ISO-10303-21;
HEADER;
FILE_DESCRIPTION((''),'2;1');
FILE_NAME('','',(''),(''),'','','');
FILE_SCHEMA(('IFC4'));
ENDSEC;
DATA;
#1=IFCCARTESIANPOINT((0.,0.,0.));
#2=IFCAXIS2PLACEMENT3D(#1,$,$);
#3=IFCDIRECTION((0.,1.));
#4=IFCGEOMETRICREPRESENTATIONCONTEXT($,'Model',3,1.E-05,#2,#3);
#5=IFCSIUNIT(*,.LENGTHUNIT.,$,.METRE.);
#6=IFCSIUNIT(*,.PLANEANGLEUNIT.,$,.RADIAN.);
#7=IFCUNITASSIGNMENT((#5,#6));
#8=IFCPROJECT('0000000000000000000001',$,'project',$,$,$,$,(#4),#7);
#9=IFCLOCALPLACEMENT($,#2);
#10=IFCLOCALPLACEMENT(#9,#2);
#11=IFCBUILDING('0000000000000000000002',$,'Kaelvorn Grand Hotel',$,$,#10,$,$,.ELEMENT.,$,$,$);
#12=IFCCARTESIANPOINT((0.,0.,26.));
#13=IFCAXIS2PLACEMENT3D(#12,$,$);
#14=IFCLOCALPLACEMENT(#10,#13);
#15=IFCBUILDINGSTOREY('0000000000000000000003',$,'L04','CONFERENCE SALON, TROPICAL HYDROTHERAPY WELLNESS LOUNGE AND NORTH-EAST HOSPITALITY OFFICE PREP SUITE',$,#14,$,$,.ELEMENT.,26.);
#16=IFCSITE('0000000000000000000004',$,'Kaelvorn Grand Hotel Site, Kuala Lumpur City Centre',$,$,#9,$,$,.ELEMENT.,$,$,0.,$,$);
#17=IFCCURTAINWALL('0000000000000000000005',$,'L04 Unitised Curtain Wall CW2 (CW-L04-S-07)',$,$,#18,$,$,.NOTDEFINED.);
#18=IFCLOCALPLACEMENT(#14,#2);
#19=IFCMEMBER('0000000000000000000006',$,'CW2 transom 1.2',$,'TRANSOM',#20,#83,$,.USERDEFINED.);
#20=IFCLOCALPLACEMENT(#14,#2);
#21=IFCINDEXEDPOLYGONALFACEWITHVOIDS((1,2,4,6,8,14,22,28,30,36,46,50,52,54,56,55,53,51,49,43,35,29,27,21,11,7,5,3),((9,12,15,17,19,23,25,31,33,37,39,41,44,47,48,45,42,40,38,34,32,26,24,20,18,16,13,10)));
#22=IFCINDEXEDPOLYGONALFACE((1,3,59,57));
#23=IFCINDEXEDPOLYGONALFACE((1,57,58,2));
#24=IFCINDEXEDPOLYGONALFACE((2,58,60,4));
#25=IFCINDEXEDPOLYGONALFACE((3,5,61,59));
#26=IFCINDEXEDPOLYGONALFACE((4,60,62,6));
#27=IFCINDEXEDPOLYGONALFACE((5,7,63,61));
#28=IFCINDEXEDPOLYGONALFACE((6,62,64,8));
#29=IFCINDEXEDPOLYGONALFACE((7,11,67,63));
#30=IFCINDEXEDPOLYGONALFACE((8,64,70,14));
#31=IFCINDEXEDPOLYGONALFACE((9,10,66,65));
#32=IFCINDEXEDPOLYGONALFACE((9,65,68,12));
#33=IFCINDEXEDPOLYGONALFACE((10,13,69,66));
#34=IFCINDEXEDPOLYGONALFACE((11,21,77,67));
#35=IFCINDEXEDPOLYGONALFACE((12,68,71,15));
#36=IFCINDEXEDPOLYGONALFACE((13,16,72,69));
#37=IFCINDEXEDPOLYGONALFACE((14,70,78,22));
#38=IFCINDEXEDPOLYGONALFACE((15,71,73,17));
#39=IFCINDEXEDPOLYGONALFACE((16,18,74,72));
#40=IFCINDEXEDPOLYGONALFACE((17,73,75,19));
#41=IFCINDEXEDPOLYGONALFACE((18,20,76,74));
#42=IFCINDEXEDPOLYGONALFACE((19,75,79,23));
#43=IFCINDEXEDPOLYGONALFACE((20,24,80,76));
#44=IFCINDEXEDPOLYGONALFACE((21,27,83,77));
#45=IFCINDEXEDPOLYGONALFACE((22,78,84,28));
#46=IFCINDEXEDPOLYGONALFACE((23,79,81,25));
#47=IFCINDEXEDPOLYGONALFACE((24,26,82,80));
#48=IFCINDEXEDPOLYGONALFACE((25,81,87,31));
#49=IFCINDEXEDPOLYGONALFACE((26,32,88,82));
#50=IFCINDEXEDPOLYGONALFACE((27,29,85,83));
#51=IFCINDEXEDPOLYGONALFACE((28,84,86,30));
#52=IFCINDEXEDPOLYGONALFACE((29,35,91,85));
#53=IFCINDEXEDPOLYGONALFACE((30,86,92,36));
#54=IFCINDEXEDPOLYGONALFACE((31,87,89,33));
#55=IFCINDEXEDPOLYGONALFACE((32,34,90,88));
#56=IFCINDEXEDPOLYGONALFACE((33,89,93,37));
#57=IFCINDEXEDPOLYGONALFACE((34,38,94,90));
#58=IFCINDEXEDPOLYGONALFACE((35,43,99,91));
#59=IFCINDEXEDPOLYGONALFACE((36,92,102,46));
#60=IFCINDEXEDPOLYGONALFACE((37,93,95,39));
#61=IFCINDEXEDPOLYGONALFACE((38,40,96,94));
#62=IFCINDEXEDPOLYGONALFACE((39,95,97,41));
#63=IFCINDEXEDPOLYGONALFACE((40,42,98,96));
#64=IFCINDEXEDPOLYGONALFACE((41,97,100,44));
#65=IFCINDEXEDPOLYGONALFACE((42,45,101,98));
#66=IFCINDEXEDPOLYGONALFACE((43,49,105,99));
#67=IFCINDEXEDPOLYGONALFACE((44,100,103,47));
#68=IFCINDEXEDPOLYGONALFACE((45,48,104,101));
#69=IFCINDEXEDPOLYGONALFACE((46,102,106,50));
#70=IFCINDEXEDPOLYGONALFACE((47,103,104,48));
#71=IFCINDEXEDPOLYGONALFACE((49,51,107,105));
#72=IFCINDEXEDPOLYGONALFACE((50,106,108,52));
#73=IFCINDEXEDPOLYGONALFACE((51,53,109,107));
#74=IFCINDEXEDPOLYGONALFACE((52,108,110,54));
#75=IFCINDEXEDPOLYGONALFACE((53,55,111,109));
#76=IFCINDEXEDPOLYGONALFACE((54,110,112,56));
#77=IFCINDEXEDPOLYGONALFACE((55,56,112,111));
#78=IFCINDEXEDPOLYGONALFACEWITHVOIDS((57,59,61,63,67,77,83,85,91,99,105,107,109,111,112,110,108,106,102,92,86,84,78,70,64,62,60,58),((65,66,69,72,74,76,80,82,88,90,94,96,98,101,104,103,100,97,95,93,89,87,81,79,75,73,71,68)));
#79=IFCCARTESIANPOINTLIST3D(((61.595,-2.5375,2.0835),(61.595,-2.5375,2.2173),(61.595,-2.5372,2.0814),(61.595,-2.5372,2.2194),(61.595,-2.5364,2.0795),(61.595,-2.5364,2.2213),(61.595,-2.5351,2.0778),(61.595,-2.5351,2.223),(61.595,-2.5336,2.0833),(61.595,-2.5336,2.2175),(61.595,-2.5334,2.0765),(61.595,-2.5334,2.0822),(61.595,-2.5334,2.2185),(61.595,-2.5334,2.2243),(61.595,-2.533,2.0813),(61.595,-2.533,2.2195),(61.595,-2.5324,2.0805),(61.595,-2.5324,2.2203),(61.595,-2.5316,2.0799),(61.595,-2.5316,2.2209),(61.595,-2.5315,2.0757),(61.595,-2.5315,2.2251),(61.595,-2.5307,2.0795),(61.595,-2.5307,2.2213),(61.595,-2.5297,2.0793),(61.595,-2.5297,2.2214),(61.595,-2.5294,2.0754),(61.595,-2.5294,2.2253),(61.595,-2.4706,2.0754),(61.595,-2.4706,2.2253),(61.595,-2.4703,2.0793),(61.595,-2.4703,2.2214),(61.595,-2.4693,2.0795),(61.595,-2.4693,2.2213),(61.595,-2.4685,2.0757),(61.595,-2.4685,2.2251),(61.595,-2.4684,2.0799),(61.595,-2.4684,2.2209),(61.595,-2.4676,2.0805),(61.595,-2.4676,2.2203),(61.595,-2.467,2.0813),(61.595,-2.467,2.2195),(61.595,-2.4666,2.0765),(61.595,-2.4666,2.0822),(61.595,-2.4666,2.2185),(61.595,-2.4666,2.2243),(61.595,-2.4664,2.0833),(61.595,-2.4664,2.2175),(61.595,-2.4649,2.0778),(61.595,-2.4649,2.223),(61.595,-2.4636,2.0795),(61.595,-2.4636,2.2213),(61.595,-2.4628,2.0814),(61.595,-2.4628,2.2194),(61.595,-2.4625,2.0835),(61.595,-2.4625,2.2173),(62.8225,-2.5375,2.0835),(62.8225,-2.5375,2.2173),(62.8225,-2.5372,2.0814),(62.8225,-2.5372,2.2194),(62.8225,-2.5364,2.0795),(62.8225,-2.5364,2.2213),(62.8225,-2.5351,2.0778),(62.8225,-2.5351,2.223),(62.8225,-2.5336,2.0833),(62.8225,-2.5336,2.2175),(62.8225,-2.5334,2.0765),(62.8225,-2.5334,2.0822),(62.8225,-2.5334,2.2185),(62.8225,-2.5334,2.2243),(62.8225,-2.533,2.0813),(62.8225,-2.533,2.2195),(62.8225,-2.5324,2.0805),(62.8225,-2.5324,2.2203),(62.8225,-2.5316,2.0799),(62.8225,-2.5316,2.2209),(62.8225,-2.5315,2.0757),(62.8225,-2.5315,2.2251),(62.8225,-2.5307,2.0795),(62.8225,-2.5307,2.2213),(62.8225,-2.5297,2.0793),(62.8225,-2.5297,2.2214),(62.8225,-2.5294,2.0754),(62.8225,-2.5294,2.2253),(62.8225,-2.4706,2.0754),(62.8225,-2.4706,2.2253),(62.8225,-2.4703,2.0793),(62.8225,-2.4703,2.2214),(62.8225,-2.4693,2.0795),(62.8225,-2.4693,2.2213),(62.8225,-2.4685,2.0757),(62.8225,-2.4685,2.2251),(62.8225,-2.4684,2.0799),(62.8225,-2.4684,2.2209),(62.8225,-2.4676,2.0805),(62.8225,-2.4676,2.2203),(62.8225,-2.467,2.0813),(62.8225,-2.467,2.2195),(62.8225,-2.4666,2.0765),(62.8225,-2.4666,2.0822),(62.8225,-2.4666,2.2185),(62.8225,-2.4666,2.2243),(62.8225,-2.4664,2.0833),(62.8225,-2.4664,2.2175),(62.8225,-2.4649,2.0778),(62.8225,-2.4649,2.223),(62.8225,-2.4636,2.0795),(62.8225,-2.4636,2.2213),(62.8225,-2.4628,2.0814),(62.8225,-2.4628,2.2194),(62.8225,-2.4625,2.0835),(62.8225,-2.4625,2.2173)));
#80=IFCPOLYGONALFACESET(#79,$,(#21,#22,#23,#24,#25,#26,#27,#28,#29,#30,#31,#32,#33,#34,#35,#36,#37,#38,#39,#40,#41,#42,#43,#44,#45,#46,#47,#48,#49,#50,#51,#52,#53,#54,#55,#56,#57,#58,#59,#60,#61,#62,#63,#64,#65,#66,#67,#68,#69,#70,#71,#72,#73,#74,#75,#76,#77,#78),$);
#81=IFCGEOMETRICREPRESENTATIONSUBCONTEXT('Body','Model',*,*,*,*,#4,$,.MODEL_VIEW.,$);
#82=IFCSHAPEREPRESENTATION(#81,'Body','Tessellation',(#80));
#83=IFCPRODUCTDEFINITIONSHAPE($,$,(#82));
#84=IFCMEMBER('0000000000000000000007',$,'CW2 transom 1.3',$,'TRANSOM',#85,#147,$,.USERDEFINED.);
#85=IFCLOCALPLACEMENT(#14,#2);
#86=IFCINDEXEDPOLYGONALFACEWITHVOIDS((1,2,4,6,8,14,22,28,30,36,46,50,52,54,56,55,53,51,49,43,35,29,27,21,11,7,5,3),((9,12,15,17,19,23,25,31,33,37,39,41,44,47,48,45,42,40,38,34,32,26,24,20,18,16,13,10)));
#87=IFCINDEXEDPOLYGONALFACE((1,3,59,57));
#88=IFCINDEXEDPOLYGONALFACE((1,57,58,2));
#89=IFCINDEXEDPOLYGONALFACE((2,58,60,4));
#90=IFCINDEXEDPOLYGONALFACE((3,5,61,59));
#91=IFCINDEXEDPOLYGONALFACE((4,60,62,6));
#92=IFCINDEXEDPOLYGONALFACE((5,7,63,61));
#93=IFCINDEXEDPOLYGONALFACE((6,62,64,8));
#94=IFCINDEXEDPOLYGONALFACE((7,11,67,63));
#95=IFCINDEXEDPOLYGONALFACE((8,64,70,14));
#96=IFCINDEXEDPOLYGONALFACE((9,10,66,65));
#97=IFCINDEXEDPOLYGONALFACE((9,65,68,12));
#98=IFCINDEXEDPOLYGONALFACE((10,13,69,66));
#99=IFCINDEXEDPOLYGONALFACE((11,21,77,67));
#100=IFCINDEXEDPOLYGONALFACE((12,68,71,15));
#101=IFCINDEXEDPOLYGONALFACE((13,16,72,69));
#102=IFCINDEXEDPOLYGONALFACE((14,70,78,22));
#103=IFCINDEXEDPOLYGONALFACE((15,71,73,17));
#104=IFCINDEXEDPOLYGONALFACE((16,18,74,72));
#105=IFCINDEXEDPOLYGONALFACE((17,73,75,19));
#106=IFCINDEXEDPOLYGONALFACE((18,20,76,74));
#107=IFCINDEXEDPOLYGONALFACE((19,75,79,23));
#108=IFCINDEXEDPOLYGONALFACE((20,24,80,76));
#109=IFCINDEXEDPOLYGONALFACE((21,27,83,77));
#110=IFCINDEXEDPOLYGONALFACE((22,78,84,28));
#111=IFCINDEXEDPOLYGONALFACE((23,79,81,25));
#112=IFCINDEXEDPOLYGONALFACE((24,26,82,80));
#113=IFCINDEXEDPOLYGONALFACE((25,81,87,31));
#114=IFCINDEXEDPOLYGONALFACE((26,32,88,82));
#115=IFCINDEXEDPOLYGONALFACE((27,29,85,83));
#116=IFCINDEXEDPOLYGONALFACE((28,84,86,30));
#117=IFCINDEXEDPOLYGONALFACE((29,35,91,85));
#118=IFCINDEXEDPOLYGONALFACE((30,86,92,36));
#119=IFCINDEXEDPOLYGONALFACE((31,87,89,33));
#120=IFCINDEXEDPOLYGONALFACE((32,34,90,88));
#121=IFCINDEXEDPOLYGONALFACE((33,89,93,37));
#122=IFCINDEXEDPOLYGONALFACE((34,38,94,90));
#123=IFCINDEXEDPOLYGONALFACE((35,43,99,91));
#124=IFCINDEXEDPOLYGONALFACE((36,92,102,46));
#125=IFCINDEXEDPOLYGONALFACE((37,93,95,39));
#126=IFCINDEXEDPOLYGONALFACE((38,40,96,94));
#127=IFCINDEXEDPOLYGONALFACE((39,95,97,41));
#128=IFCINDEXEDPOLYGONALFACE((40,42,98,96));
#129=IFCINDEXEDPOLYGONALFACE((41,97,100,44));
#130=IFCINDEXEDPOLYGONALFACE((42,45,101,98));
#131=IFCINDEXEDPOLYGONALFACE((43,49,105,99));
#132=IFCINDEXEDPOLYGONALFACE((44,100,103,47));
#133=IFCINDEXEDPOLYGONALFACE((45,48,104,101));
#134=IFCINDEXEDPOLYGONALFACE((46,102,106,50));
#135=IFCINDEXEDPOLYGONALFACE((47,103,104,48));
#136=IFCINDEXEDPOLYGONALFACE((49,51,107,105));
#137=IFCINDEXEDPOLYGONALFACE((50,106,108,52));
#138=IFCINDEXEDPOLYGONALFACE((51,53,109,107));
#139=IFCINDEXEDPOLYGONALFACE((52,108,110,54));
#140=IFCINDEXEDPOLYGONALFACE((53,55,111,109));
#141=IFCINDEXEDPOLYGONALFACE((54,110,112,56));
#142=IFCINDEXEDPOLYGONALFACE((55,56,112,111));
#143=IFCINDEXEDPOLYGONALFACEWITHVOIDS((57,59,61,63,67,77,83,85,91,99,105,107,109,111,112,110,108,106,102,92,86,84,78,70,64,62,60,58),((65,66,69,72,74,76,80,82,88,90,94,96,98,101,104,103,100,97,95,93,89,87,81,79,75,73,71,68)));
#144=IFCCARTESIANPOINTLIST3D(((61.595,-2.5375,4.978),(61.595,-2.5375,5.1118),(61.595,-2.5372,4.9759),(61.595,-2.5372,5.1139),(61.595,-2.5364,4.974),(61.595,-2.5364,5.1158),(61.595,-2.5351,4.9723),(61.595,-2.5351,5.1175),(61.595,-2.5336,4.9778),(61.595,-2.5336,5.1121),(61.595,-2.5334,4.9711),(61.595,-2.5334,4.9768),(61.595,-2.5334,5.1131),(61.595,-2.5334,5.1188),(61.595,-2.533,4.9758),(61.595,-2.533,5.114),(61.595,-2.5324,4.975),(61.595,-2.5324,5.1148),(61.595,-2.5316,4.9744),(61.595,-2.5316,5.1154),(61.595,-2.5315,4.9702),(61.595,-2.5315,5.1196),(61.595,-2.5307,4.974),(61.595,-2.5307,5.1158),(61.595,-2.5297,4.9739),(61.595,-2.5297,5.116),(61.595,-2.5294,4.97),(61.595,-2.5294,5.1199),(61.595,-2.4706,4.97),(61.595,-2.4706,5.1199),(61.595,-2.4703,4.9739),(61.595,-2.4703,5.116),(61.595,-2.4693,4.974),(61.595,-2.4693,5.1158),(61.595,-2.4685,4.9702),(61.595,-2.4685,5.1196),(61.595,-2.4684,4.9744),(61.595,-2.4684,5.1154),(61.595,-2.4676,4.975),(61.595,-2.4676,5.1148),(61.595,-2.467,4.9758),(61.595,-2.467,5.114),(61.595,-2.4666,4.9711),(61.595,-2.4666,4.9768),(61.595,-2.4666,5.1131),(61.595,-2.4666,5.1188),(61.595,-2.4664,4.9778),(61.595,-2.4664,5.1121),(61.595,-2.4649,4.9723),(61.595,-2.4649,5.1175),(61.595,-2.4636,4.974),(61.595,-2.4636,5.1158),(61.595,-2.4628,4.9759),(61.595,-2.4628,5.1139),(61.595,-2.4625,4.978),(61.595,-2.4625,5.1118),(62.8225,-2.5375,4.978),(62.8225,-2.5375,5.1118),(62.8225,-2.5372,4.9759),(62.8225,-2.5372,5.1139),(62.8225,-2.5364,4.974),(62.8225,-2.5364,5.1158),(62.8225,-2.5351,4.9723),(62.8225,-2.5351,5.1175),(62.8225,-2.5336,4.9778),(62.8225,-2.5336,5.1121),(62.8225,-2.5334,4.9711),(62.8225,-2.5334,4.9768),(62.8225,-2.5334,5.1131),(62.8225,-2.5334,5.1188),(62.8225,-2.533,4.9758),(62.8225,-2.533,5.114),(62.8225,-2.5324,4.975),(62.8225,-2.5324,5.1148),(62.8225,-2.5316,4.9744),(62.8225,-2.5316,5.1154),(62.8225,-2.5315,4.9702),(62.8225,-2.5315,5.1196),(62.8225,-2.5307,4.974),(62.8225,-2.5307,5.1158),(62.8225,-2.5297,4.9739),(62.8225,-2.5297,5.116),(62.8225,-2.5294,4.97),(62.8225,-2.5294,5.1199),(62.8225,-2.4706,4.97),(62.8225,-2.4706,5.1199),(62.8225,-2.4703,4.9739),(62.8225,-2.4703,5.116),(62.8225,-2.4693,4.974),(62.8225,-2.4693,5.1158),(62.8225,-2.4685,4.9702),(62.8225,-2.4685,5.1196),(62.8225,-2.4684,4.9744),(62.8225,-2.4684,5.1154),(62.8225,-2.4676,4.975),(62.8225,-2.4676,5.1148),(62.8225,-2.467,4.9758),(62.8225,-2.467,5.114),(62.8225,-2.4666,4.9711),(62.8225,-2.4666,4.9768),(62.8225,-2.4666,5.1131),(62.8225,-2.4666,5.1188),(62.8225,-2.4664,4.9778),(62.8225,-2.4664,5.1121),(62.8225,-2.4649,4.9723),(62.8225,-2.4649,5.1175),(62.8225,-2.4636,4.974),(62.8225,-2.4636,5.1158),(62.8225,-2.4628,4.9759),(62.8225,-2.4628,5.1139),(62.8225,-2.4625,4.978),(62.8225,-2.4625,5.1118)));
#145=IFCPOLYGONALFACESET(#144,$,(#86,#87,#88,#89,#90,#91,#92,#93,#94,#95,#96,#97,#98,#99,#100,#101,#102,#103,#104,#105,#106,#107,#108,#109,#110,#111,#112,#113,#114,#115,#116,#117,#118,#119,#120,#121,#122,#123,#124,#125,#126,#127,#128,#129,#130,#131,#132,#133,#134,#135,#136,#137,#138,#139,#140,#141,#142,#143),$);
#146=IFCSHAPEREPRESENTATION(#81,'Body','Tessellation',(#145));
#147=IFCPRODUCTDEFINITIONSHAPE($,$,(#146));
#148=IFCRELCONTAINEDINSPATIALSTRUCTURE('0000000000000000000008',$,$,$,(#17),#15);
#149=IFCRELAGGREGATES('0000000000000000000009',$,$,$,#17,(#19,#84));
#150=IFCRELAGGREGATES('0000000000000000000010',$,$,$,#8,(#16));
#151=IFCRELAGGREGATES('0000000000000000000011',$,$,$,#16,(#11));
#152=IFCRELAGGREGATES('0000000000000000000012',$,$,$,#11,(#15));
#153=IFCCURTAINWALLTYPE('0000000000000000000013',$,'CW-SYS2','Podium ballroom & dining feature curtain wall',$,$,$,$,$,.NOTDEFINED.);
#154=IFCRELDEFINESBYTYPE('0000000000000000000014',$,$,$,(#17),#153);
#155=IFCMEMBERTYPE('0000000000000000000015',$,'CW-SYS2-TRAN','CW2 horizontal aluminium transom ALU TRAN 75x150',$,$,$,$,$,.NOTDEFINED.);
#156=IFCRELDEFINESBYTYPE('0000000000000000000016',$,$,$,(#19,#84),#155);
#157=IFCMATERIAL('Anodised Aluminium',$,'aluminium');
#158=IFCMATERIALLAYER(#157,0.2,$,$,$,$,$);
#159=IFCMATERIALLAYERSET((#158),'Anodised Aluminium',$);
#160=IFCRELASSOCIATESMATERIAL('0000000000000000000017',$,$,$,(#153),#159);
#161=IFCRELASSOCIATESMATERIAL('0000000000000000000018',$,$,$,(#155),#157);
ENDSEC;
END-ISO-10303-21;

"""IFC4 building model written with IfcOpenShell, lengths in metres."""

from ifc_helpers import new_model, si_unit, direction, frame, origin, origin_2d, place, context, subcontext, project, spatial, hollow_rectangle, extrude, material, layer, layer_set, material_profile, profile_set, type_object, element, aggregate, save


model = new_model("IFC4")

# Units and contexts
model_context = context("Model", 3, precision=1e-05, world=origin(), true_north=direction((0.0, 1.0)))
body_context = subcontext(model_context, "Body", "Model", "MODEL_VIEW")
ifc_project = project(units=[si_unit("LENGTHUNIT", "METRE"), si_unit("PLANEANGLEUNIT", "RADIAN")], contexts=[model_context])

# Site, building, storey
site_placement = place(None, origin())
site = spatial("IfcSite", under=ifc_project, at=site_placement, Name="Kaelvorn Grand Hotel Site, Kuala Lumpur City Centre", CompositionType="ELEMENT", RefElevation=0.0)
building_placement = place(site_placement, origin())
building = spatial("IfcBuilding", under=site, at=building_placement, Name="Kaelvorn Grand Hotel", CompositionType="ELEMENT")
storey_placement = place(building_placement, frame((0.0, 0.0, 26.0)))
storey = spatial("IfcBuildingStorey", under=building, at=storey_placement, Name="L04", Description="CONFERENCE SALON, TROPICAL HYDROTHERAPY WELLNESS LOUNGE AND NORTH-EAST HOSPITALITY OFFICE PREP SUITE", CompositionType="ELEMENT", Elevation=26.0)

# Shared definitions
ifc_material_1 = material(Name="Anodised Aluminium", Category="aluminium")
ifc_layer_1 = layer(ifc_material_1, 0.2)
ifc_layer_set_1 = layer_set([ifc_layer_1], Name="Anodised Aluminium")
curtain_wall_type = type_object("IfcCurtainWallType", Name="CW-SYS2", Description="Podium ballroom & dining feature curtain wall", PredefinedType="NOTDEFINED", material=ifc_layer_set_1)

# Curtain wall
curtain_wall_1_placement = place(storey_placement, origin())
curtain_wall_1 = element("IfcCurtainWall", 1, at=curtain_wall_1_placement, inside=storey, type_object=curtain_wall_type, Name="L04 Unitised Curtain Wall CW2 (CW-L04-S-07)", PredefinedType="NOTDEFINED")

# Members
ifc_material_profile_1 = material_profile(ifc_material_1, hollow_rectangle(XDim=0.075, YDim=0.1499, WallThickness=0.0039, InnerFilletRadius=0.0039, OuterFilletRadius=0.0081, at=origin_2d()), Name="ALU TRAN 75x150")
ifc_profile_set_1 = profile_set([ifc_material_profile_1], Name="Anodised Aluminium")
member_type_1 = type_object("IfcMemberType", Name="CW-SYS2-TRAN", Description="CW2 horizontal aluminium transom ALU TRAN 75x150", PredefinedType="NOTDEFINED", material=ifc_profile_set_1)
member_1_placement = place(storey_placement, frame((61.595, -2.5, 2.1504), z_axis=(1.0, 0.0, 0.0), x_axis=(0.0, 1.0, 0.0)))
member_1 = element("IfcMember", 2, at=member_1_placement, type_object=member_type_1, Name="CW2 transom 1.2", ObjectType="TRANSOM", PredefinedType="USERDEFINED", context=body_context, shape_type="SweptSolid", body=[
    extrude(hollow_rectangle(XDim=0.075, YDim=0.1499, WallThickness=0.0039, InnerFilletRadius=0.0039, OuterFilletRadius=0.0081, at=origin_2d()), origin(), (0.0, 0.0, 1.0), 1.2275),
])
member_2_placement = place(storey_placement, frame((61.595, -2.5, 5.0449), z_axis=(1.0, 0.0, 0.0), x_axis=(0.0, 1.0, 0.0)))
member_2 = element("IfcMember", 3, at=member_2_placement, type_object=member_type_1, Name="CW2 transom 1.3", ObjectType="TRANSOM", PredefinedType="USERDEFINED", context=body_context, shape_type="SweptSolid", body=[
    extrude(hollow_rectangle(XDim=0.075, YDim=0.1499, WallThickness=0.0039, InnerFilletRadius=0.0039, OuterFilletRadius=0.0081, at=origin_2d()), origin(), (0.0, 0.0, 1.0), 1.2275),
])

aggregate(curtain_wall_1, [member_1, member_2])

save(model, "model.ifc")
